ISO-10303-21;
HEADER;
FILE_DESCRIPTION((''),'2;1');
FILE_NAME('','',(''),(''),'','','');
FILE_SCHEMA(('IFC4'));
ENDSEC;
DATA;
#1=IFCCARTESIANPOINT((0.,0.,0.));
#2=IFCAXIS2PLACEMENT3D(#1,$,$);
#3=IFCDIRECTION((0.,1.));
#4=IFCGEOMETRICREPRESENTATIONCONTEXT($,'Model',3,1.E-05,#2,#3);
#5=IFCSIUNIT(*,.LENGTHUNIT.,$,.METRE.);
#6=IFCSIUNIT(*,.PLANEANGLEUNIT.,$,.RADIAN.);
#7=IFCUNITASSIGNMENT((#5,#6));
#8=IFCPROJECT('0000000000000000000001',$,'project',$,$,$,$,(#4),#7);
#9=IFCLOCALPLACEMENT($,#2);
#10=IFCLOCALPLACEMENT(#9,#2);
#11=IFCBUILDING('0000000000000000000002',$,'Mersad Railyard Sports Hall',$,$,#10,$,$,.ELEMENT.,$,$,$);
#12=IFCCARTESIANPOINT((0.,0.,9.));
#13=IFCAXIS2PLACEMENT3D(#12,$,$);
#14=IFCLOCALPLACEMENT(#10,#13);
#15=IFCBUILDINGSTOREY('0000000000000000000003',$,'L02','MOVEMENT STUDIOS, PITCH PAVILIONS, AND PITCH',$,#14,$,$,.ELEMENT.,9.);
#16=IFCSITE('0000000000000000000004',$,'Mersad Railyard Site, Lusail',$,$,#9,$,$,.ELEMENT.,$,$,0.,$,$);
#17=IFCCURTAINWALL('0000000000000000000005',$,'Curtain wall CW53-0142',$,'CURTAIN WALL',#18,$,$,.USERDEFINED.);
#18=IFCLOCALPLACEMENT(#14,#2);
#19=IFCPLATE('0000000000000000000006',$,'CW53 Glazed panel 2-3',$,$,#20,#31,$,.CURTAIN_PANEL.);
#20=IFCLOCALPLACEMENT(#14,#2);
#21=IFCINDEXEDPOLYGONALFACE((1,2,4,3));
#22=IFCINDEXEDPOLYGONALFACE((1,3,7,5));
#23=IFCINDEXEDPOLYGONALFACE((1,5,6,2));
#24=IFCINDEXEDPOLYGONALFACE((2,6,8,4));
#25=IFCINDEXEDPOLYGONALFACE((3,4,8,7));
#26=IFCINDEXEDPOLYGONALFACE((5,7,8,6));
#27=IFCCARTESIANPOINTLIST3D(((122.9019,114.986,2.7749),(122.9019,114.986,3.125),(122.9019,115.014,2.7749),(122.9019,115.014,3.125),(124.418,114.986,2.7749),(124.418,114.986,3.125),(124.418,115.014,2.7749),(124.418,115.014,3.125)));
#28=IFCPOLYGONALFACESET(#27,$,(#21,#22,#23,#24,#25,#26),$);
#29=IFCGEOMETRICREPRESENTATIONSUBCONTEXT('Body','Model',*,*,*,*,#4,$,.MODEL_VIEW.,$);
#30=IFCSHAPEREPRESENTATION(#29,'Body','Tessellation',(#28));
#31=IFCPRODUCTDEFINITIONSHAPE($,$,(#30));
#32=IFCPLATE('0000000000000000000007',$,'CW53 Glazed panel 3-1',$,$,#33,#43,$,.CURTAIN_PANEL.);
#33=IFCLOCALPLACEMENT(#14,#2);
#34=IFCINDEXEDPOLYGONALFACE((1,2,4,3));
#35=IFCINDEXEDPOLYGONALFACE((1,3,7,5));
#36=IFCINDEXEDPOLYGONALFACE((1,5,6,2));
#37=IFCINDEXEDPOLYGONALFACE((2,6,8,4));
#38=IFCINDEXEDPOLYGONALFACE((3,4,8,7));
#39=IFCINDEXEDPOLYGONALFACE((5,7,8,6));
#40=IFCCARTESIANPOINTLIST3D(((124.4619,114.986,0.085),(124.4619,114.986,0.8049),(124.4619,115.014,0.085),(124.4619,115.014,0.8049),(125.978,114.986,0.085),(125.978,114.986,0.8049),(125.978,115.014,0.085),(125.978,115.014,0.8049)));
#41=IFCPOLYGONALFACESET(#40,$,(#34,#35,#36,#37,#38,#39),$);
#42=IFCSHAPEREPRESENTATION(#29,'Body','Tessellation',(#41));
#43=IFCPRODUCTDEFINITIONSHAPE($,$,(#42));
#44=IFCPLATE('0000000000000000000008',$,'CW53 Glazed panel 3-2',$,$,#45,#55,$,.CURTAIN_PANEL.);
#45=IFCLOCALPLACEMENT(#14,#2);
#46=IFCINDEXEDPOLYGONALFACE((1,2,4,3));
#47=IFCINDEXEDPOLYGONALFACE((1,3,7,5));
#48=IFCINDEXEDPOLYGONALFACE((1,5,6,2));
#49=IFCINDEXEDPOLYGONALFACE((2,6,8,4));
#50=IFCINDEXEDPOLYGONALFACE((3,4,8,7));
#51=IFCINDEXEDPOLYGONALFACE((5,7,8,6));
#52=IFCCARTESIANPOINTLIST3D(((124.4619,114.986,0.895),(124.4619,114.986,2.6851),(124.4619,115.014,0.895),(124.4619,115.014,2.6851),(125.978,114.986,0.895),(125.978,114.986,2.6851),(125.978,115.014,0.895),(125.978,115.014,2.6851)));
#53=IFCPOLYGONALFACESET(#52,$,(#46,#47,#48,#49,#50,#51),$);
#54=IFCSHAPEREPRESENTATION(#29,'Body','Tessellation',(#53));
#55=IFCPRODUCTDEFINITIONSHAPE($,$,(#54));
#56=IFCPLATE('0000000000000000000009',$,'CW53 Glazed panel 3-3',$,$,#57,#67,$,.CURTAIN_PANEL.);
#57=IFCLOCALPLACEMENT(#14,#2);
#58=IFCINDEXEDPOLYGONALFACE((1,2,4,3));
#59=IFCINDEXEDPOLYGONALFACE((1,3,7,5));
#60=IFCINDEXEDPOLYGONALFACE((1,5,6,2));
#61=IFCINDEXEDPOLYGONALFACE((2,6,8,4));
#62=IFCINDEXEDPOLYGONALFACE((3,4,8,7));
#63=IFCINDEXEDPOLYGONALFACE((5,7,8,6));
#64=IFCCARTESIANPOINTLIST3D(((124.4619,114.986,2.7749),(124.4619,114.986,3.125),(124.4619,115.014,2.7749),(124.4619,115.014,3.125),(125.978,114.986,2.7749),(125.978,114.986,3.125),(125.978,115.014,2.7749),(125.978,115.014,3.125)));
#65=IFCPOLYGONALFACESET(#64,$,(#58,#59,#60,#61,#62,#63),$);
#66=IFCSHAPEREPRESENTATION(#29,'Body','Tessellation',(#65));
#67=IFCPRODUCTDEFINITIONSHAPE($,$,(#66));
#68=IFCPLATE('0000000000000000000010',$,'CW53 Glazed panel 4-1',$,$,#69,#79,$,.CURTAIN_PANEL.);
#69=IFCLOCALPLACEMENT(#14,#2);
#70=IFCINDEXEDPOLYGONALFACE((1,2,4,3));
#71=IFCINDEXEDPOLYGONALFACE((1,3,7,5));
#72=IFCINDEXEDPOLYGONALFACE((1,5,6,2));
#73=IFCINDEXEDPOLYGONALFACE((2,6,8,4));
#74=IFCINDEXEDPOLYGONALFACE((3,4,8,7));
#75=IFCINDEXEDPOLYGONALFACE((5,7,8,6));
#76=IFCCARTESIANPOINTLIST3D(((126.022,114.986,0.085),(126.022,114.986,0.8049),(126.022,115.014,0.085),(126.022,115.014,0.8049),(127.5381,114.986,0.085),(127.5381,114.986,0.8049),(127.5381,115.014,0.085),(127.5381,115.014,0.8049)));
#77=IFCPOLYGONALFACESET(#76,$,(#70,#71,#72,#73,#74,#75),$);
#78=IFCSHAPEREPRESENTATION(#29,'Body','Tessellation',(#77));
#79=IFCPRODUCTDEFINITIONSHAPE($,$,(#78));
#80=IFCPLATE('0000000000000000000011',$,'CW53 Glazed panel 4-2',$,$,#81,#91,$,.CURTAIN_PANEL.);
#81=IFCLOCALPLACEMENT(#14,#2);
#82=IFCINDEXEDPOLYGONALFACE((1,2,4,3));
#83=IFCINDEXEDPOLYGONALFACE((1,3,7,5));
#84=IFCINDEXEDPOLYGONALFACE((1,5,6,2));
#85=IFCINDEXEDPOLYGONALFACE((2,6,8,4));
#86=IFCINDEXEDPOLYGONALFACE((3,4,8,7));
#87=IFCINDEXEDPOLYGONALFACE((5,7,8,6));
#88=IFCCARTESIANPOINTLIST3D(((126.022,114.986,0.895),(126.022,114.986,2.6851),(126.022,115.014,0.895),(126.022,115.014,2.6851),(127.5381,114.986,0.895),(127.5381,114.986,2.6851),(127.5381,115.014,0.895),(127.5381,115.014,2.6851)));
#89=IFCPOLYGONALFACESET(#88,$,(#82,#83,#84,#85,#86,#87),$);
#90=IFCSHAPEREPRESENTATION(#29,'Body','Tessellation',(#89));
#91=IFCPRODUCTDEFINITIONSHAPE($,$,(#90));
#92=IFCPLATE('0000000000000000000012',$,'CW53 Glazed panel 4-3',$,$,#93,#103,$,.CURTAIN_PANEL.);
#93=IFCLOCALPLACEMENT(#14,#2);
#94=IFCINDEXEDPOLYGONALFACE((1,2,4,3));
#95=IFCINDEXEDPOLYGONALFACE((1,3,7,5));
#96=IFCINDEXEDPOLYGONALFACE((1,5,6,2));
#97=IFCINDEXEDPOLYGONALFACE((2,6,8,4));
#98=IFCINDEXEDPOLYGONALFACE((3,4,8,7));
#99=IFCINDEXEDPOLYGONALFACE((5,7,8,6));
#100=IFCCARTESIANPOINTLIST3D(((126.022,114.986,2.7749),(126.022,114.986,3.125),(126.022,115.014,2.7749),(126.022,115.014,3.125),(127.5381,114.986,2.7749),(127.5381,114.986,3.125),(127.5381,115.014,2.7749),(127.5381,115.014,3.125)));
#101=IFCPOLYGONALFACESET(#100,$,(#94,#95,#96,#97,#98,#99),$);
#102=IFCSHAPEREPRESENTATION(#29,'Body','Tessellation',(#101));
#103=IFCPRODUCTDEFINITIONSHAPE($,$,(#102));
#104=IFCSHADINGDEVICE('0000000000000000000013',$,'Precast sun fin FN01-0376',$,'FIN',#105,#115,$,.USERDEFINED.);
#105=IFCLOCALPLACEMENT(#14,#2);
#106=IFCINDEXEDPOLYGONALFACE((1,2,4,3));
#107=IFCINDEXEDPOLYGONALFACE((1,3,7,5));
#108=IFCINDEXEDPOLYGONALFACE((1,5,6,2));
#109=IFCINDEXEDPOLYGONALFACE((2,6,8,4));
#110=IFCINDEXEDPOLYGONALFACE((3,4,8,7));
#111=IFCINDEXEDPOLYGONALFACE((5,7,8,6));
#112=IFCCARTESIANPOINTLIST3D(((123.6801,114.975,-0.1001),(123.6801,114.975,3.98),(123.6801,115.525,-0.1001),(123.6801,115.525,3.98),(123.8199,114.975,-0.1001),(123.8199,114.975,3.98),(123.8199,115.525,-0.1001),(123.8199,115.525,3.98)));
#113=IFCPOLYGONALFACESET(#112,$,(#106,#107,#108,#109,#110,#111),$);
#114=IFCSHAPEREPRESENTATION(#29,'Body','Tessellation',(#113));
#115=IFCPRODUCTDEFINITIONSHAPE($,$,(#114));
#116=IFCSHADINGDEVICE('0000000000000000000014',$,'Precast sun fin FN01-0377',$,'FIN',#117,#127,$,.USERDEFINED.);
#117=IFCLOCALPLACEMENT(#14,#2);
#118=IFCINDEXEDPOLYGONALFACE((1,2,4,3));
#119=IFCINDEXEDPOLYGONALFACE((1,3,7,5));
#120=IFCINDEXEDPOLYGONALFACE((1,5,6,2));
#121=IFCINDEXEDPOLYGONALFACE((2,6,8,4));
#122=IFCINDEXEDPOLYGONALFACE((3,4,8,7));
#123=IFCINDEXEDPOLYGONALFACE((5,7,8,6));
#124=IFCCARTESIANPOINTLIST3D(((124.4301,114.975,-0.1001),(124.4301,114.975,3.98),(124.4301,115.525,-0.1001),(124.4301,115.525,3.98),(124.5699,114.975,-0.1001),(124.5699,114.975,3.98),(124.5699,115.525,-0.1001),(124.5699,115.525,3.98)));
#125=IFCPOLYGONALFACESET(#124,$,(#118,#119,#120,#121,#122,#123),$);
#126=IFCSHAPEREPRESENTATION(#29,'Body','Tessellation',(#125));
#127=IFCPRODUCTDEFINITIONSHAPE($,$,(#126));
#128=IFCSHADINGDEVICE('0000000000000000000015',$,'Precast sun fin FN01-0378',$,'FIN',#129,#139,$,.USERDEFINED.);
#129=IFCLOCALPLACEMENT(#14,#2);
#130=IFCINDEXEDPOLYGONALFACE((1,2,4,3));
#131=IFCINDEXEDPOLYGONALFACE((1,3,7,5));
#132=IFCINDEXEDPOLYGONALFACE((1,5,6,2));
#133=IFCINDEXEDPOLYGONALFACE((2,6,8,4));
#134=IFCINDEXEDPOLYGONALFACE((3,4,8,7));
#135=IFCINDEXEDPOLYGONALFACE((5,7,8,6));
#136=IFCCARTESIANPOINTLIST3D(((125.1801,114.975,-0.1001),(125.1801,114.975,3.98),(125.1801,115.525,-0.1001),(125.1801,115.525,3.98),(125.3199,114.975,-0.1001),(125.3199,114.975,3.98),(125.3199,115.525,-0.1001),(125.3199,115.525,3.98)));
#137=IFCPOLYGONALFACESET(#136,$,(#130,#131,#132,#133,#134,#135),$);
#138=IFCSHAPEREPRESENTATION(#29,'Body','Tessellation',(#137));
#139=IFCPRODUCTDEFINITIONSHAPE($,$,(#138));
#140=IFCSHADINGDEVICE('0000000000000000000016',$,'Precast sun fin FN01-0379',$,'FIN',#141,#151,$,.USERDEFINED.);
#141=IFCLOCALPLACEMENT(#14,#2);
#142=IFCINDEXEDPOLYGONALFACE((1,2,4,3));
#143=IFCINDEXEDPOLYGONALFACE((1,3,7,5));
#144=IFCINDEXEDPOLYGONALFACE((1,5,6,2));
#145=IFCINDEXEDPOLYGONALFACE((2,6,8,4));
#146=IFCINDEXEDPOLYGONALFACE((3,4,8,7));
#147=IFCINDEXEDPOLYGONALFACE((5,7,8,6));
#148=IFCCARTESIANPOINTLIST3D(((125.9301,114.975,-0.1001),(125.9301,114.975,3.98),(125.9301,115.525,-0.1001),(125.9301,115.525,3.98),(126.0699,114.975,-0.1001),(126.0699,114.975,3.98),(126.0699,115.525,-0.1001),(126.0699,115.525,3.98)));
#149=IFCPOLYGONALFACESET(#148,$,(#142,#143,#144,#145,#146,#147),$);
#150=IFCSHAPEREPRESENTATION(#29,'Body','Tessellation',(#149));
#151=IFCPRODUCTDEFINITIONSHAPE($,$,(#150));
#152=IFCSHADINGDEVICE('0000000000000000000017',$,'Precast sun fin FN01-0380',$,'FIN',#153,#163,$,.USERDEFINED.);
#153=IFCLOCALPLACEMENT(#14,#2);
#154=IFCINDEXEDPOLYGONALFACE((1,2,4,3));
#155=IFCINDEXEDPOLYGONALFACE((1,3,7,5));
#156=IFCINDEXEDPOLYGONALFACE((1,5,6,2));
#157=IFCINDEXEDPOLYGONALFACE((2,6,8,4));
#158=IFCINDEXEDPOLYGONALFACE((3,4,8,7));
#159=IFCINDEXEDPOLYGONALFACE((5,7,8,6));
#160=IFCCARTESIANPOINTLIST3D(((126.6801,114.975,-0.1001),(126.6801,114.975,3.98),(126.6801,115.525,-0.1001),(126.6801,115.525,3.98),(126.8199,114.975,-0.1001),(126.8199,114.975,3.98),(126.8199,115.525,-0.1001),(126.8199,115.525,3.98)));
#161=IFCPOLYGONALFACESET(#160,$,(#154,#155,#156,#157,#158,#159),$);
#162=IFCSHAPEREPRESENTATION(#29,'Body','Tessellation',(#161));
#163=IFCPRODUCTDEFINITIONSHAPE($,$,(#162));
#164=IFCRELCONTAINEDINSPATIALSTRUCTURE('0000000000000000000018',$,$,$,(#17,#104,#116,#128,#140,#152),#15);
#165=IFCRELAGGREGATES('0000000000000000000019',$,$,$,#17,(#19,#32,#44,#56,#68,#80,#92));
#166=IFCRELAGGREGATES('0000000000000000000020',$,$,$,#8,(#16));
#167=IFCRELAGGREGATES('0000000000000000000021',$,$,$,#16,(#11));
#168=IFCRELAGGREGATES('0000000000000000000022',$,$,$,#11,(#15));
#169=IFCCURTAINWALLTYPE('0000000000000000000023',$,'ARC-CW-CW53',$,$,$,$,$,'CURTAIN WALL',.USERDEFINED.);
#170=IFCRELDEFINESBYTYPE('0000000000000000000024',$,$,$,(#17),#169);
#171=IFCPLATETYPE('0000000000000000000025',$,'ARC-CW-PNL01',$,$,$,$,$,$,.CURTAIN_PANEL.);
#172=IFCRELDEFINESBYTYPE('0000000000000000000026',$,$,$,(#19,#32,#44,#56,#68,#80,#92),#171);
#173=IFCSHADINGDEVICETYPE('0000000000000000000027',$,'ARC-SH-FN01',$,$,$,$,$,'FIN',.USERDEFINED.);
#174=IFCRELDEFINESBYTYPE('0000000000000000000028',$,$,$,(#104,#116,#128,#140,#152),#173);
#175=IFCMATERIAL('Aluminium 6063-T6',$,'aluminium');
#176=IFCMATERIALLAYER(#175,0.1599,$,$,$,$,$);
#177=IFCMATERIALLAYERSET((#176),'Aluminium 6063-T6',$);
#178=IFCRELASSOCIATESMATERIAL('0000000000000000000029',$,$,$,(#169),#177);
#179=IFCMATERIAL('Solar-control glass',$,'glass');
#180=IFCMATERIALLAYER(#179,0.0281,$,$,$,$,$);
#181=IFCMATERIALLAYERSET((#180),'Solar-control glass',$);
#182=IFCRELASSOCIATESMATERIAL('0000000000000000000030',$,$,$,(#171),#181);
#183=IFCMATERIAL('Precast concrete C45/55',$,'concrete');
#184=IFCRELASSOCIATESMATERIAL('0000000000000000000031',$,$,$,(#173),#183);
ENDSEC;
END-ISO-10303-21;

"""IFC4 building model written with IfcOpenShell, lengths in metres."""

from ifc_helpers import new_model, si_unit, direction, frame, origin, origin_2d, place, context, subcontext, project, spatial, rectangle, extrude, material, layer, layer_set, type_object, element, aggregate, save


model = new_model("IFC4")

# Units and contexts
model_context = context("Model", 3, precision=1e-05, world=origin(), true_north=direction((0.0, 1.0)))
body_context = subcontext(model_context, "Body", "Model", "MODEL_VIEW")
ifc_project = project(units=[si_unit("LENGTHUNIT", "METRE"), si_unit("PLANEANGLEUNIT", "RADIAN")], contexts=[model_context])

# Site, building, storey
site_placement = place(None, origin())
site = spatial("IfcSite", under=ifc_project, at=site_placement, Name="Mersad Railyard Site, Lusail", CompositionType="ELEMENT", RefElevation=0.0)
building_placement = place(site_placement, origin())
building = spatial("IfcBuilding", under=site, at=building_placement, Name="Mersad Railyard Sports Hall", CompositionType="ELEMENT")
storey_placement = place(building_placement, frame((0.0, 0.0, 9.0)))
storey = spatial("IfcBuildingStorey", under=building, at=storey_placement, Name="L02", Description="MOVEMENT STUDIOS, PITCH PAVILIONS, AND PITCH", CompositionType="ELEMENT", Elevation=9.0)

# Curtain wall, plates
ifc_material_1 = material(Name="Aluminium 6063-T6", Category="aluminium")
ifc_layer_1 = layer(ifc_material_1, 0.1599)
ifc_layer_set_1 = layer_set([ifc_layer_1], Name="Aluminium 6063-T6")
curtain_wall_type = type_object("IfcCurtainWallType", Name="ARC-CW-CW53", ElementType="CURTAIN WALL", PredefinedType="USERDEFINED", material=ifc_layer_set_1)
curtain_wall_placement = place(storey_placement, origin())
curtain_wall = element("IfcCurtainWall", 1, at=curtain_wall_placement, inside=storey, type_object=curtain_wall_type, Name="Curtain wall CW53-0142", ObjectType="CURTAIN WALL", PredefinedType="USERDEFINED")
ifc_material_2 = material(Name="Solar-control glass", Category="glass")
ifc_layer_2 = layer(ifc_material_2, 0.0281)
ifc_layer_set_2 = layer_set([ifc_layer_2], Name="Solar-control glass")
plate_type = type_object("IfcPlateType", Name="ARC-CW-PNL01", PredefinedType="CURTAIN_PANEL", material=ifc_layer_set_2)
plate_1_placement = place(storey_placement, frame((123.6599, 115.0, 2.7749), z_axis=(0.0, 0.0, 1.0), x_axis=(1.0, 0.0, 0.0)))
plate_1 = element("IfcPlate", 2, at=plate_1_placement, type_object=plate_type, Name="CW53 Glazed panel 2-3", PredefinedType="CURTAIN_PANEL", context=body_context, shape_type="SweptSolid", body=[
    extrude(rectangle(XDim=1.5161, YDim=0.0281, at=origin_2d()), origin(), (0.0, 0.0, 1.0), 0.3501),
])
plate_2_placement = place(storey_placement, frame((125.22, 115.0, 0.085), z_axis=(0.0, 0.0, 1.0), x_axis=(1.0, 0.0, 0.0)))
plate_2 = element("IfcPlate", 3, at=plate_2_placement, type_object=plate_type, Name="CW53 Glazed panel 3-1", PredefinedType="CURTAIN_PANEL", context=body_context, shape_type="SweptSolid", body=[
    extrude(rectangle(XDim=1.5161, YDim=0.0281, at=origin_2d()), origin(), (0.0, 0.0, 1.0), 0.72),
])
plate_3_placement = place(storey_placement, frame((125.22, 115.0, 0.895), z_axis=(0.0, 0.0, 1.0), x_axis=(1.0, 0.0, 0.0)))
plate_3 = element("IfcPlate", 4, at=plate_3_placement, type_object=plate_type, Name="CW53 Glazed panel 3-2", PredefinedType="CURTAIN_PANEL", context=body_context, shape_type="SweptSolid", body=[
    extrude(rectangle(XDim=1.5161, YDim=0.0281, at=origin_2d()), origin(), (0.0, 0.0, 1.0), 1.79),
])
plate_4_placement = place(storey_placement, frame((125.22, 115.0, 2.7749), z_axis=(0.0, 0.0, 1.0), x_axis=(1.0, 0.0, 0.0)))
plate_4 = element("IfcPlate", 5, at=plate_4_placement, type_object=plate_type, Name="CW53 Glazed panel 3-3", PredefinedType="CURTAIN_PANEL", context=body_context, shape_type="SweptSolid", body=[
    extrude(rectangle(XDim=1.5161, YDim=0.0281, at=origin_2d()), origin(), (0.0, 0.0, 1.0), 0.3501),
])
plate_5_placement = place(storey_placement, frame((126.78, 115.0, 0.085), z_axis=(0.0, 0.0, 1.0), x_axis=(1.0, 0.0, 0.0)))
plate_5 = element("IfcPlate", 6, at=plate_5_placement, type_object=plate_type, Name="CW53 Glazed panel 4-1", PredefinedType="CURTAIN_PANEL", context=body_context, shape_type="SweptSolid", body=[
    extrude(rectangle(XDim=1.5161, YDim=0.0281, at=origin_2d()), origin(), (0.0, 0.0, 1.0), 0.72),
])
plate_6_placement = place(storey_placement, frame((126.78, 115.0, 0.895), z_axis=(0.0, 0.0, 1.0), x_axis=(1.0, 0.0, 0.0)))
plate_6 = element("IfcPlate", 7, at=plate_6_placement, type_object=plate_type, Name="CW53 Glazed panel 4-2", PredefinedType="CURTAIN_PANEL", context=body_context, shape_type="SweptSolid", body=[
    extrude(rectangle(XDim=1.5161, YDim=0.0281, at=origin_2d()), origin(), (0.0, 0.0, 1.0), 1.79),
])
plate_7_placement = place(storey_placement, frame((126.78, 115.0, 2.7749), z_axis=(0.0, 0.0, 1.0), x_axis=(1.0, 0.0, 0.0)))
plate_7 = element("IfcPlate", 8, at=plate_7_placement, type_object=plate_type, Name="CW53 Glazed panel 4-3", PredefinedType="CURTAIN_PANEL", context=body_context, shape_type="SweptSolid", body=[
    extrude(rectangle(XDim=1.5161, YDim=0.0281, at=origin_2d()), origin(), (0.0, 0.0, 1.0), 0.3501),
])
aggregate(curtain_wall, [plate_1, plate_2, plate_3, plate_4, plate_5, plate_6, plate_7])

# Shading devices
ifc_material_3 = material(Name="Precast concrete C45/55", Category="concrete")
shading_device_type = type_object("IfcShadingDeviceType", Name="ARC-SH-FN01", ElementType="FIN", PredefinedType="USERDEFINED", material=ifc_material_3)
for number, where, z_axis, x_axis, name in (
    (9, (123.75, 115.25, -0.1001), (0.0, 0.0, 1.0), (1.0, 0.0, 0.0), "Precast sun fin FN01-0376"),
    (10, (124.5, 115.25, -0.1001), (0.0, 0.0, 1.0), (1.0, 0.0, 0.0), "Precast sun fin FN01-0377"),
    (11, (125.25, 115.25, -0.1001), (0.0, 0.0, 1.0), (1.0, 0.0, 0.0), "Precast sun fin FN01-0378"),
    (12, (126.0, 115.25, -0.1001), (0.0, 0.0, 1.0), (1.0, 0.0, 0.0), "Precast sun fin FN01-0379"),
    (13, (126.75, 115.25, -0.1001), (0.0, 0.0, 1.0), (1.0, 0.0, 0.0), "Precast sun fin FN01-0380"),
):
    element("IfcShadingDevice", number, at=place(storey_placement, frame(where, z_axis=z_axis, x_axis=x_axis)), inside=storey, type_object=shading_device_type, Name=name, ObjectType="FIN", PredefinedType="USERDEFINED", context=body_context, shape_type="SweptSolid", body=[
        extrude(rectangle(XDim=0.1399, YDim=0.55, at=origin_2d()), origin(), (0.0, 0.0, 1.0), 4.0801),
    ])

save(model, "model.ifc")
